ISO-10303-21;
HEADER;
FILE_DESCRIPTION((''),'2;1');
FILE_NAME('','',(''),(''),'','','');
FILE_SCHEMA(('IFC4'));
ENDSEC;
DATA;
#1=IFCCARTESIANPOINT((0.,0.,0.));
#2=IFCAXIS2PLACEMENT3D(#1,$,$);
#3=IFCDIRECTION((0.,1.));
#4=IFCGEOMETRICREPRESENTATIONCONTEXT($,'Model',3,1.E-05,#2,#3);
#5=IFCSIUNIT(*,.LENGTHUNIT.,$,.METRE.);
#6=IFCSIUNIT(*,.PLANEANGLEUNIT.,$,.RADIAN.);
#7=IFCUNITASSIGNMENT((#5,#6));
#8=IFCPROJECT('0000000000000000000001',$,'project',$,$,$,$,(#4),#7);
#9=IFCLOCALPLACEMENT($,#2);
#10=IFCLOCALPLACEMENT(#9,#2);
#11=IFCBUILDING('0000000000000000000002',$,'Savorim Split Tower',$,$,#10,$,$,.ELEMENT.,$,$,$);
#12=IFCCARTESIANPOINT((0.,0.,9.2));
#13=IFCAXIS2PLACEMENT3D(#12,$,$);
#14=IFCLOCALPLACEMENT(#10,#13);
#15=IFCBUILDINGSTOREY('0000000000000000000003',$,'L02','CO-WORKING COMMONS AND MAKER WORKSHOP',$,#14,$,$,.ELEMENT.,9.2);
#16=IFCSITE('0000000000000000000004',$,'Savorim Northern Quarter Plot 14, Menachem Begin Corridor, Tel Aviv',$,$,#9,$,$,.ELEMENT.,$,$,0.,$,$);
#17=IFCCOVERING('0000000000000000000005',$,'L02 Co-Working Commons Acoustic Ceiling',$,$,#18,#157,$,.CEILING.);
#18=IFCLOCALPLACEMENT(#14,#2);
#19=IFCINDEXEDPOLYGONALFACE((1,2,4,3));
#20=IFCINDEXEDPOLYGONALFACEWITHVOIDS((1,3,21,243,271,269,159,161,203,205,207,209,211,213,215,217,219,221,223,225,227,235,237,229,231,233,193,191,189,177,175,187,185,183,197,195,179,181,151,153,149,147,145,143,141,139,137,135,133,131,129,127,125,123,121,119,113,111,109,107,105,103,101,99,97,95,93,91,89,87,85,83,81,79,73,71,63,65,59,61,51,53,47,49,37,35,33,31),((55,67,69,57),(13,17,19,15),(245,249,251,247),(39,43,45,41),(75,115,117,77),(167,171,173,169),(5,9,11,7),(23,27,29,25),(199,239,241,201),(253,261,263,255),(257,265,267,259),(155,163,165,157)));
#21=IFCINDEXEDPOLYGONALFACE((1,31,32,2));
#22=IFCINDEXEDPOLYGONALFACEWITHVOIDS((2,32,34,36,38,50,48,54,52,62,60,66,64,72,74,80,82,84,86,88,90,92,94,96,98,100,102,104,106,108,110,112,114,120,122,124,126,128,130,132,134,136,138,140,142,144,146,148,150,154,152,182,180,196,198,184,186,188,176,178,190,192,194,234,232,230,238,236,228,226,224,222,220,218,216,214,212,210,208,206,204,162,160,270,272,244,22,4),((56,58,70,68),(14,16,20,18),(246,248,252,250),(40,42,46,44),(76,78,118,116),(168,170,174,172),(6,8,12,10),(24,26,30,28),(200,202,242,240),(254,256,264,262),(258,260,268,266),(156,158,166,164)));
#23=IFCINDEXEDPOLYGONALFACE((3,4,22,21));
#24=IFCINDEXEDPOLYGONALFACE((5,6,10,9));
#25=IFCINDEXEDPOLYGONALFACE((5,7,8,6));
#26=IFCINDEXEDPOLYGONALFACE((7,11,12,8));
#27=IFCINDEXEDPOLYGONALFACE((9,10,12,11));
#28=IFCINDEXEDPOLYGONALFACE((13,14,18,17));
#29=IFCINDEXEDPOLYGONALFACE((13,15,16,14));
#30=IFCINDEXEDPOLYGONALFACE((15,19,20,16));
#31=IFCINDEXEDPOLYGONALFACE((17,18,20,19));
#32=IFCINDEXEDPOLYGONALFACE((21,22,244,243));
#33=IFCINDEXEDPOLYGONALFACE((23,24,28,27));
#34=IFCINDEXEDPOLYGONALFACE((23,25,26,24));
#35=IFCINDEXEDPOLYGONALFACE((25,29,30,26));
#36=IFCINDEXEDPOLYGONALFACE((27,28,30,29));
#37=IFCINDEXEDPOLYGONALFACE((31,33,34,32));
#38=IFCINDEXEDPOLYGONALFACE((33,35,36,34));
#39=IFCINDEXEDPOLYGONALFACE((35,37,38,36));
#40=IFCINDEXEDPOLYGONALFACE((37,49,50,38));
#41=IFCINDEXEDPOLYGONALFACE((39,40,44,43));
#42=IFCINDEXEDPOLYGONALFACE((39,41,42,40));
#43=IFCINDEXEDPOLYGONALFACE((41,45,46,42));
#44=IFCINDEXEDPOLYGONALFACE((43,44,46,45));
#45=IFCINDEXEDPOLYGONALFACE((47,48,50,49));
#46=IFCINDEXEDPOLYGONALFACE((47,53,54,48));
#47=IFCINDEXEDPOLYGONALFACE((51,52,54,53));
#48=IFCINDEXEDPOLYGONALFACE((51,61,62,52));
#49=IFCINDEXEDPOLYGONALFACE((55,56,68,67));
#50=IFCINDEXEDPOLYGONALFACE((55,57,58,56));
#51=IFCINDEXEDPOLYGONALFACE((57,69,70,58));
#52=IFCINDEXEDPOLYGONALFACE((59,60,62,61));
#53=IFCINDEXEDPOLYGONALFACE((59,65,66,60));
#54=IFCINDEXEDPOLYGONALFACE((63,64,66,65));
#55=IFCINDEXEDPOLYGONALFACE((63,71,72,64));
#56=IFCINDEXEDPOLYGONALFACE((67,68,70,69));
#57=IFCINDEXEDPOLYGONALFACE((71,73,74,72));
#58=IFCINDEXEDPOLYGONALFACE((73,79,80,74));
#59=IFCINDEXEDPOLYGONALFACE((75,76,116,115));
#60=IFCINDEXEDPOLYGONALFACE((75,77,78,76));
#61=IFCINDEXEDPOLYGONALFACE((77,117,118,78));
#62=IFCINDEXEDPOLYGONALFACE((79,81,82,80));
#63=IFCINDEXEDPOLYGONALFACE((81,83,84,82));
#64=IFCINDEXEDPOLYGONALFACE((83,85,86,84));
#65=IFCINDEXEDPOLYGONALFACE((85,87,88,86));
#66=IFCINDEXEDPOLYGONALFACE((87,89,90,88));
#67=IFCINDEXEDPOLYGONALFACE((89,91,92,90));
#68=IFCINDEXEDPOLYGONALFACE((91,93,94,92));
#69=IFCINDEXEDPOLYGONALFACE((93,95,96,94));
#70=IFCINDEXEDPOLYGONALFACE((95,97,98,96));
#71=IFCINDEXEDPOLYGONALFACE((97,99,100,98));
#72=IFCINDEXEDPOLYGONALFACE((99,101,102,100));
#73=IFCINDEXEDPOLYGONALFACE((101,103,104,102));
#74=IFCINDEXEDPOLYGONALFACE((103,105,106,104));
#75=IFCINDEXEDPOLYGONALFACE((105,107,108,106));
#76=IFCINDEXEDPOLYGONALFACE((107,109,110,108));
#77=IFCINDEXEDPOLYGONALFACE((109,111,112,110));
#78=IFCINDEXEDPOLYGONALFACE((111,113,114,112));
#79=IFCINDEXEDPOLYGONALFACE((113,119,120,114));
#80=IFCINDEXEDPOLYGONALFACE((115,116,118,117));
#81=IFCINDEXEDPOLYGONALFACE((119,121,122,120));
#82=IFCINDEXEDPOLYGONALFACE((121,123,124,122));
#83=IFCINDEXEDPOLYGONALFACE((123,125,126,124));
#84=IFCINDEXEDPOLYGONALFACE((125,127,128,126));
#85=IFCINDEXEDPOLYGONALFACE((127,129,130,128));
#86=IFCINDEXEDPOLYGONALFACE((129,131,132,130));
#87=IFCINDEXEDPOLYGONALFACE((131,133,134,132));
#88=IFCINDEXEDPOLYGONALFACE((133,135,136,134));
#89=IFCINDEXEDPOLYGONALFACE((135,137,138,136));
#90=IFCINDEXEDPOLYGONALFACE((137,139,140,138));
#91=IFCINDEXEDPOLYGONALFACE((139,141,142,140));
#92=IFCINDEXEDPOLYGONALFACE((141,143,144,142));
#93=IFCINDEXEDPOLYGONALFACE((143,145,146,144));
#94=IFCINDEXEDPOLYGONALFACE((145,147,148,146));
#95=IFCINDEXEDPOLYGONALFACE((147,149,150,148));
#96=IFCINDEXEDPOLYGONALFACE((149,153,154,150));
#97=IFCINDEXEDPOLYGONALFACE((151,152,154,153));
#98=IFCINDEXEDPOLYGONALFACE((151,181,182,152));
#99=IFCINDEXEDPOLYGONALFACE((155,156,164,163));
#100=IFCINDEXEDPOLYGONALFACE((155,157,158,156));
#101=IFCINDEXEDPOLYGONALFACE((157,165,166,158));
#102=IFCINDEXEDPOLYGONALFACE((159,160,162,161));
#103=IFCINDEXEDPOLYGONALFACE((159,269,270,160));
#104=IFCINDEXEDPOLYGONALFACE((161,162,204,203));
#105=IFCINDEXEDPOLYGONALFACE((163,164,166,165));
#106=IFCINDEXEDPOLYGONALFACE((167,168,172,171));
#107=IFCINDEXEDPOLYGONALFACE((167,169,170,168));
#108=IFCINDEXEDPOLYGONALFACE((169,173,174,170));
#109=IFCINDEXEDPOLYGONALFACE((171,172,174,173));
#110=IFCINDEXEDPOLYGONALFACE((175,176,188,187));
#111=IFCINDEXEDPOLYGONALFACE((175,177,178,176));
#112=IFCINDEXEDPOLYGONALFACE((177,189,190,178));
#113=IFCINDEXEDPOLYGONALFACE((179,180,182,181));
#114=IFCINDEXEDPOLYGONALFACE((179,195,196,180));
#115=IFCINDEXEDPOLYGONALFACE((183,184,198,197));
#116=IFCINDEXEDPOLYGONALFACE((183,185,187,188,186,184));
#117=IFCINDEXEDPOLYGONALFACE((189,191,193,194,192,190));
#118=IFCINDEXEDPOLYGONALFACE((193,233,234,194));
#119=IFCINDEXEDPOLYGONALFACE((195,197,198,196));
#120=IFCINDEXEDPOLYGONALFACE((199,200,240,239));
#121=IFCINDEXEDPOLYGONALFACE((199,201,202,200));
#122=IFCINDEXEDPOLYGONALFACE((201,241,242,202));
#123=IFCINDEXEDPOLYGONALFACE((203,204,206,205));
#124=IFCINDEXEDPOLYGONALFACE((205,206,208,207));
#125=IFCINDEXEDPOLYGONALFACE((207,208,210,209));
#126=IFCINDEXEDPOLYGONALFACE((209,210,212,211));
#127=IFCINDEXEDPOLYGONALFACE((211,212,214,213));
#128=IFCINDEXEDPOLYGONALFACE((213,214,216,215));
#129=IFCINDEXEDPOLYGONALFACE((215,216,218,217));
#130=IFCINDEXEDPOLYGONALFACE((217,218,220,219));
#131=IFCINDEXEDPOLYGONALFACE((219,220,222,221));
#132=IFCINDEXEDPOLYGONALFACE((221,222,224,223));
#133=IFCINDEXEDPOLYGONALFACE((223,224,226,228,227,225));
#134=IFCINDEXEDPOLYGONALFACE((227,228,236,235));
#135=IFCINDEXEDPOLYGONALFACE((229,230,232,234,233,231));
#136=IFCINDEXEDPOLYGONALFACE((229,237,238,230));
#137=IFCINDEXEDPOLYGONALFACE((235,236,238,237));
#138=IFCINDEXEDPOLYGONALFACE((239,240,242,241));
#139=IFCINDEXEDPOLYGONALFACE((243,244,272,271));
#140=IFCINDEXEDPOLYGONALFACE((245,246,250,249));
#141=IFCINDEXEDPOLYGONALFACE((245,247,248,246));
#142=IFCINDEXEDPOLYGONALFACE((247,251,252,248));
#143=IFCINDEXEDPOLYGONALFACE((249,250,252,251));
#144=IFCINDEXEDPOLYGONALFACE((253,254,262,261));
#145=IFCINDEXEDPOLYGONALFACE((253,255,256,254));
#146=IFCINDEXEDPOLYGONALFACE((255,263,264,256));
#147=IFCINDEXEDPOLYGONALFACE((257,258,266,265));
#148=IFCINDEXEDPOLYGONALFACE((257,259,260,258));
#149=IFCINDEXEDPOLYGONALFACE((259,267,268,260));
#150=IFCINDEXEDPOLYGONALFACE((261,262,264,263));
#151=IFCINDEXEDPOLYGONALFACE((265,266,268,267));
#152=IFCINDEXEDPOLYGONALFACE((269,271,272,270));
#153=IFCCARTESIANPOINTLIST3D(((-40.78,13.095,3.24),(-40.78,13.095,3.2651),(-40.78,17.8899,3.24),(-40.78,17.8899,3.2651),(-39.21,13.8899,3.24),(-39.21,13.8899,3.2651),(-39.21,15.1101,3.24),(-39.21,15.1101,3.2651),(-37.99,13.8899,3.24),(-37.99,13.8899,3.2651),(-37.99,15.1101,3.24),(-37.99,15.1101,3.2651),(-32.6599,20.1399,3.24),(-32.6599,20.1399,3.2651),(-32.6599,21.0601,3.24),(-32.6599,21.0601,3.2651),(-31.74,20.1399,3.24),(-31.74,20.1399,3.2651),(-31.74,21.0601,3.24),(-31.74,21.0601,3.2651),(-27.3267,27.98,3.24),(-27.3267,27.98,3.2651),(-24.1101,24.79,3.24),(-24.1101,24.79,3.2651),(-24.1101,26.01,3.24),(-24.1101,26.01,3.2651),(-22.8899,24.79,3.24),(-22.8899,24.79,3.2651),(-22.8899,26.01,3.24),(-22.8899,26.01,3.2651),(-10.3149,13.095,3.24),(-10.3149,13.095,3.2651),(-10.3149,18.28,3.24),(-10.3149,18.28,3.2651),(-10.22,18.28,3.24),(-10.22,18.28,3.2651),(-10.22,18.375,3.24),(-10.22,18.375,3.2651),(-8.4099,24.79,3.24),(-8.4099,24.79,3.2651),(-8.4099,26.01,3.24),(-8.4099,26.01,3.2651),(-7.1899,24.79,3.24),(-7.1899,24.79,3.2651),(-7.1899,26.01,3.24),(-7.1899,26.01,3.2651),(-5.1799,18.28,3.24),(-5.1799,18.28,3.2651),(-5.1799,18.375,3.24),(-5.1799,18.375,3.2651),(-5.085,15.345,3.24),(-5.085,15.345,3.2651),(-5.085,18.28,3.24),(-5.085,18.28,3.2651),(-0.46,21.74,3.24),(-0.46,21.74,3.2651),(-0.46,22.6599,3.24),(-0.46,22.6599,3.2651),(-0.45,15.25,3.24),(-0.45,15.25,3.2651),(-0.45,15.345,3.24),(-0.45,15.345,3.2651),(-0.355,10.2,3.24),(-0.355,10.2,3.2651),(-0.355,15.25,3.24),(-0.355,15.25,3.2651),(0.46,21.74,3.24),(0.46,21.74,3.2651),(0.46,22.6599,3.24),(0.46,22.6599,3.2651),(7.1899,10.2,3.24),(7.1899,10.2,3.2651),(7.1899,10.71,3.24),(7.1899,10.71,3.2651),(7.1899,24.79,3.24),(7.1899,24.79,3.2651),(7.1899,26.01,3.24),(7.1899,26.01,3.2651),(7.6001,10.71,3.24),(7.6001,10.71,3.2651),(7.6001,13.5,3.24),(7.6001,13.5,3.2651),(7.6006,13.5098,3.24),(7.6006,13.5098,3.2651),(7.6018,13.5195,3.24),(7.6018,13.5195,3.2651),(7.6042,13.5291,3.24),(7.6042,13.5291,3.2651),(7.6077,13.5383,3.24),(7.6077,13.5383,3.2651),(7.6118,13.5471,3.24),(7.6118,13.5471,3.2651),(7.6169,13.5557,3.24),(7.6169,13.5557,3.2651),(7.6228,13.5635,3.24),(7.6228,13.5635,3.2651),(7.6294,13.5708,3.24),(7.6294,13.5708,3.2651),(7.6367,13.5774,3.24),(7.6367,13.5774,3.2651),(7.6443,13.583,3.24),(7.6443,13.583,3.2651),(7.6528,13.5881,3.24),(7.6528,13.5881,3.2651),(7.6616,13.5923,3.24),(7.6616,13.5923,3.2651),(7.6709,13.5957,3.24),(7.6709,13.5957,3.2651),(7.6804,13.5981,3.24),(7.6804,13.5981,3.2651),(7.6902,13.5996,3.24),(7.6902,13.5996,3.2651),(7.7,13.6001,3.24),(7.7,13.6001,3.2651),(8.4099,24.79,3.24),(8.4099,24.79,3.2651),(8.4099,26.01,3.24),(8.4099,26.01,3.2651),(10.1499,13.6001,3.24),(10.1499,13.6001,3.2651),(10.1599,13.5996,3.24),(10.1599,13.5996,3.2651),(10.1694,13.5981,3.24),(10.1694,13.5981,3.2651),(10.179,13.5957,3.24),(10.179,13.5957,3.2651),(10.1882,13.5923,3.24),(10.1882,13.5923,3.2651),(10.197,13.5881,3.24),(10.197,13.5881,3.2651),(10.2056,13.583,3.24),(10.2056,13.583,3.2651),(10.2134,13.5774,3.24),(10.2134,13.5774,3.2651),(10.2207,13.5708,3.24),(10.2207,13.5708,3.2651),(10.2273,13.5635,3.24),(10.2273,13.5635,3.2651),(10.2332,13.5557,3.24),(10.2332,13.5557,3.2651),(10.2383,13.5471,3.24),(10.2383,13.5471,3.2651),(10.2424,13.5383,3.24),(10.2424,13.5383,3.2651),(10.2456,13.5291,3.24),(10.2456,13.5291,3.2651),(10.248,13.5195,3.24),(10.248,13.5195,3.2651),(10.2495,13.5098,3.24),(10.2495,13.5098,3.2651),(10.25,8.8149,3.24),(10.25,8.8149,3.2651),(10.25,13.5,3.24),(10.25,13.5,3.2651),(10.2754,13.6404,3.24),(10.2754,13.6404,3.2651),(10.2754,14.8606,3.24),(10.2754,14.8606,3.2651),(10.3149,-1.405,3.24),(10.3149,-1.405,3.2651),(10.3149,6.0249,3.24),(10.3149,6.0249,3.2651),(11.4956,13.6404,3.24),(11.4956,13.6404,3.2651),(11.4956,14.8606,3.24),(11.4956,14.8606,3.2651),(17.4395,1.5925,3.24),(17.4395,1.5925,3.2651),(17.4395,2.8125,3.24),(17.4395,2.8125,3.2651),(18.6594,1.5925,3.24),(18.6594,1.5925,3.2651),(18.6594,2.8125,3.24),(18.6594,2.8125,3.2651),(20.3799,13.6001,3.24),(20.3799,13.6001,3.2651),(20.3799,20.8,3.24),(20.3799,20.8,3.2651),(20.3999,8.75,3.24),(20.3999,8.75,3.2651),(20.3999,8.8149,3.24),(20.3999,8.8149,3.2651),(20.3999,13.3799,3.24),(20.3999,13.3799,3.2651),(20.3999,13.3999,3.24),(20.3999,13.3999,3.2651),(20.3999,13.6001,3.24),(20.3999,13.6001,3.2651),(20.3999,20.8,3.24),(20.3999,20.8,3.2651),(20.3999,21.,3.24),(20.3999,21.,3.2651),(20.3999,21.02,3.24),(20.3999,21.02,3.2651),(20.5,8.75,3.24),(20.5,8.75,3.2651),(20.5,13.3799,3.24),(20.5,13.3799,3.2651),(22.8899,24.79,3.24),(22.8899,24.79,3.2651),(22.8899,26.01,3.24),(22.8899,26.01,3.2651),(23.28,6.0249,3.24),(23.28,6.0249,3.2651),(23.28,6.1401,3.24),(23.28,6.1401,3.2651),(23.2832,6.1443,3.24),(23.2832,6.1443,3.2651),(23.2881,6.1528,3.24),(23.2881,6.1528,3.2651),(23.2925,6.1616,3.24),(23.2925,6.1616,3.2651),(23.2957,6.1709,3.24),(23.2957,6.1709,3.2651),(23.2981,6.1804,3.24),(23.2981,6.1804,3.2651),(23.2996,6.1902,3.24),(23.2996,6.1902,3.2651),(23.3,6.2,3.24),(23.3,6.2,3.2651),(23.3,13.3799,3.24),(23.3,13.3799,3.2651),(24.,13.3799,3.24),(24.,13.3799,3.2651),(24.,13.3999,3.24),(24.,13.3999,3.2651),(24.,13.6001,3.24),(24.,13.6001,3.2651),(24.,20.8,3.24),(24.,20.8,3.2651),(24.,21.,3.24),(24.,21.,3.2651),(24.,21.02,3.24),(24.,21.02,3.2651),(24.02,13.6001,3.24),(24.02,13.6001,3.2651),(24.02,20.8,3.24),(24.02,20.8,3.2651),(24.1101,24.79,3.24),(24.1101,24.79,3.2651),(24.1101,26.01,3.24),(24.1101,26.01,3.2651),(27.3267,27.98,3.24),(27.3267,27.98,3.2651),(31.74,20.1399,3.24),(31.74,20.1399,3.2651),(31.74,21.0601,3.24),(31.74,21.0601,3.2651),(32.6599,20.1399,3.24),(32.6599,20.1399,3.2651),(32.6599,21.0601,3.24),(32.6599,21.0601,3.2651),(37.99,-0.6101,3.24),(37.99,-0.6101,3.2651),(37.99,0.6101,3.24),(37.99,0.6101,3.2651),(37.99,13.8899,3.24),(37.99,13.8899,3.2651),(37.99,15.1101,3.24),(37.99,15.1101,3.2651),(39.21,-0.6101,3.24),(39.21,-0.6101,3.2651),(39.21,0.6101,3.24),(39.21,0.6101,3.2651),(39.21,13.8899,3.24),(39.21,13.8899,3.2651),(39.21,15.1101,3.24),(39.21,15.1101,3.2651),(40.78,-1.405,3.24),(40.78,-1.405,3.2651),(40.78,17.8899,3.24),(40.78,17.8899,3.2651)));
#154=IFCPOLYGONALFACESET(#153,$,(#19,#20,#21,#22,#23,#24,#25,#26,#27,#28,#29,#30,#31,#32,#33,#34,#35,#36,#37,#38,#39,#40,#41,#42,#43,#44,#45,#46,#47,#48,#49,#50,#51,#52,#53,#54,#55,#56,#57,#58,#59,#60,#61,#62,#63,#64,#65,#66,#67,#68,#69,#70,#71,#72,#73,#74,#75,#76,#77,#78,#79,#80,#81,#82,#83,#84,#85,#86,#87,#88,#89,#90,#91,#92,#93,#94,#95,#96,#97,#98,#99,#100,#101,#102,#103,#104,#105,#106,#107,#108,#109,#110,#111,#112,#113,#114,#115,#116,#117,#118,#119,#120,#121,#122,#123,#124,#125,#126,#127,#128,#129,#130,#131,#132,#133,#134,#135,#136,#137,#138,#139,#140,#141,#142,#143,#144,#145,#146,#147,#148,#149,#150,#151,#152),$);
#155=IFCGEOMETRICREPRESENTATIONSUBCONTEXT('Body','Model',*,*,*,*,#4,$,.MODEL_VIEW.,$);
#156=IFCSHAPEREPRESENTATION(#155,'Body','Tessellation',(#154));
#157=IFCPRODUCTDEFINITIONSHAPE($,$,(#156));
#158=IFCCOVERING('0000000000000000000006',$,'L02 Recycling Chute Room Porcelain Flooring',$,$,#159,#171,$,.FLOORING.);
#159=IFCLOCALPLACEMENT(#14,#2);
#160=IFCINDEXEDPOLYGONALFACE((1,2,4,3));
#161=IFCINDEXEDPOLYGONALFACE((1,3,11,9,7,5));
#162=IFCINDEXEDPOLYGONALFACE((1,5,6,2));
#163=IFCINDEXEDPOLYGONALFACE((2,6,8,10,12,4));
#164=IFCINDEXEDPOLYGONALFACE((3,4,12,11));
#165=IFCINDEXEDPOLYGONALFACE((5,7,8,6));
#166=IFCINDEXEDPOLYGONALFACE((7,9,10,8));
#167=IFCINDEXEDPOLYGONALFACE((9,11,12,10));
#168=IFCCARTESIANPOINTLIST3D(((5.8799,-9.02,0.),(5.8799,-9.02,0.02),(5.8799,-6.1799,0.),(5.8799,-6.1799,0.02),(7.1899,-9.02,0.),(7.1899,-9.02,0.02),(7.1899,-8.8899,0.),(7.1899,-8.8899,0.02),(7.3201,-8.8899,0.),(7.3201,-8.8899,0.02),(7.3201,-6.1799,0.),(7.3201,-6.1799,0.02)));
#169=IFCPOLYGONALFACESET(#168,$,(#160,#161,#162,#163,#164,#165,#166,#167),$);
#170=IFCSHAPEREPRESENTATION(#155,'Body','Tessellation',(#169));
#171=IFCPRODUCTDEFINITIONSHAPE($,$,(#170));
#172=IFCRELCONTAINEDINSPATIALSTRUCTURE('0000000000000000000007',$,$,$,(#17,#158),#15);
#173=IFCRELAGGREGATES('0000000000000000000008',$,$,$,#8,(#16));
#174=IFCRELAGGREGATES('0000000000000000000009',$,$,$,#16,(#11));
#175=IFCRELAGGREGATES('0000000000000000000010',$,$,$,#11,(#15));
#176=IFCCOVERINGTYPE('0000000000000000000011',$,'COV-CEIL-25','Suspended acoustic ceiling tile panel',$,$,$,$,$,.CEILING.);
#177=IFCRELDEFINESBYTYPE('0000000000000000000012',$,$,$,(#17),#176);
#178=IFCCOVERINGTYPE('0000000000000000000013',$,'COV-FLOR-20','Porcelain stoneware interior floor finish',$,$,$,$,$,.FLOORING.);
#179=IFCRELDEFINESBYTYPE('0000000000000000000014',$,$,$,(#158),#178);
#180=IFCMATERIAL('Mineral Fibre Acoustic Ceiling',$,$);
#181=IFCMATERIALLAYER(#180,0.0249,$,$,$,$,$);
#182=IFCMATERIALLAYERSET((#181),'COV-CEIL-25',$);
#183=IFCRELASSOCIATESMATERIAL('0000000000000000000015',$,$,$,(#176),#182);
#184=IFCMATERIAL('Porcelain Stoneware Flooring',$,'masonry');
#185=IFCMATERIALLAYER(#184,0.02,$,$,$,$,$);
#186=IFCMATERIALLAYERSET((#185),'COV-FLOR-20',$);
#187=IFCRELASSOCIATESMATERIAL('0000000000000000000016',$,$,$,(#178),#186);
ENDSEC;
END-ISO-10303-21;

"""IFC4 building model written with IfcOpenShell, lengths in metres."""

from ifc_helpers import new_model, si_unit, direction, frame, origin, place, context, subcontext, project, spatial, polyline, outline, extrude, material, layer, layer_set, type_object, element, save


model = new_model("IFC4")

# Units and contexts
model_context = context("Model", 3, precision=1e-05, world=origin(), true_north=direction((0.0, 1.0)))
body_context = subcontext(model_context, "Body", "Model", "MODEL_VIEW")
ifc_project = project(units=[si_unit("LENGTHUNIT", "METRE"), si_unit("PLANEANGLEUNIT", "RADIAN")], contexts=[model_context])

# Site, building, storey
site_placement = place(None, origin())
site = spatial("IfcSite", under=ifc_project, at=site_placement, Name="Savorim Northern Quarter Plot 14, Menachem Begin Corridor, Tel Aviv", CompositionType="ELEMENT", RefElevation=0.0)
building_placement = place(site_placement, origin())
building = spatial("IfcBuilding", under=site, at=building_placement, Name="Savorim Split Tower", CompositionType="ELEMENT")
storey_placement = place(building_placement, frame((0.0, 0.0, 9.2)))
storey = spatial("IfcBuildingStorey", under=building, at=storey_placement, Name="L02", Description="CO-WORKING COMMONS AND MAKER WORKSHOP", CompositionType="ELEMENT", Elevation=9.2)

# Coverings
ifc_material_1 = material(Name="Mineral Fibre Acoustic Ceiling")
ifc_layer_1 = layer(ifc_material_1, 0.0249)
ifc_layer_set_1 = layer_set([ifc_layer_1], Name="COV-CEIL-25")
covering_type_1 = type_object("IfcCoveringType", Name="COV-CEIL-25", Description="Suspended acoustic ceiling tile panel", PredefinedType="CEILING", material=ifc_layer_set_1)
covering_1_placement = place(storey_placement, frame((0.0, 0.0, 3.24)))
element("IfcCovering", 1, at=covering_1_placement, inside=storey, type_object=covering_type_1, Name="L02 Co-Working Commons Acoustic Ceiling", PredefinedType="CEILING", context=body_context, shape_type="SweptSolid", body=[
    extrude(outline(polyline([(27.3267, 27.98), (-27.3267, 27.98), (-40.78, 17.8899), (-40.78, 13.095), (-10.3149, 13.095), (-10.3149, 18.28), (-10.22, 18.28), (-10.22, 18.375), (-5.1799, 18.375), (-5.1799, 18.28), (-5.085, 18.28), (-5.085, 15.345), (-0.45, 15.345), (-0.45, 15.25), (-0.355, 15.25), (-0.355, 10.2), (7.1899, 10.2), (7.1899, 10.71), (7.6001, 10.71), (7.6001, 13.5), (7.6006, 13.5098), (7.6018, 13.5195), (7.6042, 13.5291), (7.6077, 13.5383), (7.6118, 13.5471), (7.6169, 13.5557), (7.6228, 13.5635), (7.6294, 13.5708), (7.6367, 13.5774), (7.6443, 13.583), (7.6528, 13.5881), (7.6616, 13.5923), (7.6709, 13.5957), (7.6804, 13.5981), (7.6902, 13.5996), (7.7, 13.6001), (10.1499, 13.6001), (10.1599, 13.5996), (10.1694, 13.5981), (10.179, 13.5957), (10.1882, 13.5923), (10.197, 13.5881), (10.2056, 13.583), (10.2134, 13.5774), (10.2207, 13.5708), (10.2273, 13.5635), (10.2332, 13.5557), (10.2383, 13.5471), (10.2424, 13.5383), (10.2456, 13.5291), (10.248, 13.5195), (10.2495, 13.5098), (10.25, 13.5), (10.25, 8.8149), (20.3999, 8.8149), (20.3999, 8.75), (20.5, 8.75), (20.5, 13.3799), (20.3999, 13.3799), (20.3999, 13.3999), (20.3999, 13.6001), (20.3799, 13.6001), (20.3799, 20.8), (20.3999, 20.8), (20.3999, 21.0), (20.3999, 21.02), (24.0, 21.02), (24.0, 21.0), (24.0, 20.8), (24.02, 20.8), (24.02, 13.6001), (24.0, 13.6001), (24.0, 13.3999), (24.0, 13.3799), (23.3, 13.3799), (23.3, 6.2), (23.2996, 6.1902), (23.2981, 6.1804), (23.2957, 6.1709), (23.2925, 6.1616), (23.2881, 6.1528), (23.2832, 6.1443), (23.28, 6.1401), (23.28, 6.0249), (10.3149, 6.0249), (10.3149, -1.405), (40.78, -1.405), (40.78, 17.8899), (27.3267, 27.98)]), holes=[polyline([(37.99, 0.6101), (37.99, -0.6101), (39.21, -0.6101), (39.21, 0.6101), (37.99, 0.6101)]), polyline([(37.99, 13.8899), (39.21, 13.8899), (39.21, 15.1101), (37.99, 15.1101), (37.99, 13.8899)]), polyline([(22.8899, 24.79), (24.1101, 24.79), (24.1101, 26.01), (22.8899, 26.01), (22.8899, 24.79)]), polyline([(7.1899, 24.79), (8.4099, 24.79), (8.4099, 26.01), (7.1899, 26.01), (7.1899, 24.79)]), polyline([(-7.1899, 24.79), (-7.1899, 26.01), (-8.4099, 26.01), (-8.4099, 24.79), (-7.1899, 24.79)]), polyline([(-22.8899, 26.01), (-24.1101, 26.01), (-24.1101, 24.79), (-22.8899, 24.79), (-22.8899, 26.01)]), polyline([(-37.99, 15.1101), (-39.21, 15.1101), (-39.21, 13.8899), (-37.99, 13.8899), (-37.99, 15.1101)]), polyline([(18.6594, 2.8125), (17.4395, 2.8125), (17.4395, 1.5925), (18.6594, 1.5925), (18.6594, 2.8125)]), polyline([(10.2754, 14.8606), (10.2754, 13.6404), (11.4956, 13.6404), (11.4956, 14.8606), (10.2754, 14.8606)]), polyline([(31.74, 20.1399), (32.6599, 20.1399), (32.6599, 21.0601), (31.74, 21.0601), (31.74, 20.1399)]), polyline([(-31.74, 20.1399), (-31.74, 21.0601), (-32.6599, 21.0601), (-32.6599, 20.1399), (-31.74, 20.1399)]), polyline([(-0.46, 22.6599), (-0.46, 21.74), (0.46, 21.74), (0.46, 22.6599), (-0.46, 22.6599)])]), origin(), (0.0, 0.0, 1.0), 0.0251),
])
ifc_material_2 = material(Name="Porcelain Stoneware Flooring", Category="masonry")
ifc_layer_2 = layer(ifc_material_2, 0.02)
ifc_layer_set_2 = layer_set([ifc_layer_2], Name="COV-FLOR-20")
covering_type_2 = type_object("IfcCoveringType", Name="COV-FLOR-20", Description="Porcelain stoneware interior floor finish", PredefinedType="FLOORING", material=ifc_layer_set_2)
covering_2_placement = place(storey_placement, origin())
element("IfcCovering", 2, at=covering_2_placement, inside=storey, type_object=covering_type_2, Name="L02 Recycling Chute Room Porcelain Flooring", PredefinedType="FLOORING", context=body_context, shape_type="SweptSolid", body=[
    extrude(outline(polyline([(5.8799, -6.1799), (5.8799, -9.02), (7.1899, -9.02), (7.1899, -8.8899), (7.3201, -8.8899), (7.3201, -6.1799), (5.8799, -6.1799)])), origin(), (0.0, 0.0, 1.0), 0.02),
])

save(model, "model.ifc")
